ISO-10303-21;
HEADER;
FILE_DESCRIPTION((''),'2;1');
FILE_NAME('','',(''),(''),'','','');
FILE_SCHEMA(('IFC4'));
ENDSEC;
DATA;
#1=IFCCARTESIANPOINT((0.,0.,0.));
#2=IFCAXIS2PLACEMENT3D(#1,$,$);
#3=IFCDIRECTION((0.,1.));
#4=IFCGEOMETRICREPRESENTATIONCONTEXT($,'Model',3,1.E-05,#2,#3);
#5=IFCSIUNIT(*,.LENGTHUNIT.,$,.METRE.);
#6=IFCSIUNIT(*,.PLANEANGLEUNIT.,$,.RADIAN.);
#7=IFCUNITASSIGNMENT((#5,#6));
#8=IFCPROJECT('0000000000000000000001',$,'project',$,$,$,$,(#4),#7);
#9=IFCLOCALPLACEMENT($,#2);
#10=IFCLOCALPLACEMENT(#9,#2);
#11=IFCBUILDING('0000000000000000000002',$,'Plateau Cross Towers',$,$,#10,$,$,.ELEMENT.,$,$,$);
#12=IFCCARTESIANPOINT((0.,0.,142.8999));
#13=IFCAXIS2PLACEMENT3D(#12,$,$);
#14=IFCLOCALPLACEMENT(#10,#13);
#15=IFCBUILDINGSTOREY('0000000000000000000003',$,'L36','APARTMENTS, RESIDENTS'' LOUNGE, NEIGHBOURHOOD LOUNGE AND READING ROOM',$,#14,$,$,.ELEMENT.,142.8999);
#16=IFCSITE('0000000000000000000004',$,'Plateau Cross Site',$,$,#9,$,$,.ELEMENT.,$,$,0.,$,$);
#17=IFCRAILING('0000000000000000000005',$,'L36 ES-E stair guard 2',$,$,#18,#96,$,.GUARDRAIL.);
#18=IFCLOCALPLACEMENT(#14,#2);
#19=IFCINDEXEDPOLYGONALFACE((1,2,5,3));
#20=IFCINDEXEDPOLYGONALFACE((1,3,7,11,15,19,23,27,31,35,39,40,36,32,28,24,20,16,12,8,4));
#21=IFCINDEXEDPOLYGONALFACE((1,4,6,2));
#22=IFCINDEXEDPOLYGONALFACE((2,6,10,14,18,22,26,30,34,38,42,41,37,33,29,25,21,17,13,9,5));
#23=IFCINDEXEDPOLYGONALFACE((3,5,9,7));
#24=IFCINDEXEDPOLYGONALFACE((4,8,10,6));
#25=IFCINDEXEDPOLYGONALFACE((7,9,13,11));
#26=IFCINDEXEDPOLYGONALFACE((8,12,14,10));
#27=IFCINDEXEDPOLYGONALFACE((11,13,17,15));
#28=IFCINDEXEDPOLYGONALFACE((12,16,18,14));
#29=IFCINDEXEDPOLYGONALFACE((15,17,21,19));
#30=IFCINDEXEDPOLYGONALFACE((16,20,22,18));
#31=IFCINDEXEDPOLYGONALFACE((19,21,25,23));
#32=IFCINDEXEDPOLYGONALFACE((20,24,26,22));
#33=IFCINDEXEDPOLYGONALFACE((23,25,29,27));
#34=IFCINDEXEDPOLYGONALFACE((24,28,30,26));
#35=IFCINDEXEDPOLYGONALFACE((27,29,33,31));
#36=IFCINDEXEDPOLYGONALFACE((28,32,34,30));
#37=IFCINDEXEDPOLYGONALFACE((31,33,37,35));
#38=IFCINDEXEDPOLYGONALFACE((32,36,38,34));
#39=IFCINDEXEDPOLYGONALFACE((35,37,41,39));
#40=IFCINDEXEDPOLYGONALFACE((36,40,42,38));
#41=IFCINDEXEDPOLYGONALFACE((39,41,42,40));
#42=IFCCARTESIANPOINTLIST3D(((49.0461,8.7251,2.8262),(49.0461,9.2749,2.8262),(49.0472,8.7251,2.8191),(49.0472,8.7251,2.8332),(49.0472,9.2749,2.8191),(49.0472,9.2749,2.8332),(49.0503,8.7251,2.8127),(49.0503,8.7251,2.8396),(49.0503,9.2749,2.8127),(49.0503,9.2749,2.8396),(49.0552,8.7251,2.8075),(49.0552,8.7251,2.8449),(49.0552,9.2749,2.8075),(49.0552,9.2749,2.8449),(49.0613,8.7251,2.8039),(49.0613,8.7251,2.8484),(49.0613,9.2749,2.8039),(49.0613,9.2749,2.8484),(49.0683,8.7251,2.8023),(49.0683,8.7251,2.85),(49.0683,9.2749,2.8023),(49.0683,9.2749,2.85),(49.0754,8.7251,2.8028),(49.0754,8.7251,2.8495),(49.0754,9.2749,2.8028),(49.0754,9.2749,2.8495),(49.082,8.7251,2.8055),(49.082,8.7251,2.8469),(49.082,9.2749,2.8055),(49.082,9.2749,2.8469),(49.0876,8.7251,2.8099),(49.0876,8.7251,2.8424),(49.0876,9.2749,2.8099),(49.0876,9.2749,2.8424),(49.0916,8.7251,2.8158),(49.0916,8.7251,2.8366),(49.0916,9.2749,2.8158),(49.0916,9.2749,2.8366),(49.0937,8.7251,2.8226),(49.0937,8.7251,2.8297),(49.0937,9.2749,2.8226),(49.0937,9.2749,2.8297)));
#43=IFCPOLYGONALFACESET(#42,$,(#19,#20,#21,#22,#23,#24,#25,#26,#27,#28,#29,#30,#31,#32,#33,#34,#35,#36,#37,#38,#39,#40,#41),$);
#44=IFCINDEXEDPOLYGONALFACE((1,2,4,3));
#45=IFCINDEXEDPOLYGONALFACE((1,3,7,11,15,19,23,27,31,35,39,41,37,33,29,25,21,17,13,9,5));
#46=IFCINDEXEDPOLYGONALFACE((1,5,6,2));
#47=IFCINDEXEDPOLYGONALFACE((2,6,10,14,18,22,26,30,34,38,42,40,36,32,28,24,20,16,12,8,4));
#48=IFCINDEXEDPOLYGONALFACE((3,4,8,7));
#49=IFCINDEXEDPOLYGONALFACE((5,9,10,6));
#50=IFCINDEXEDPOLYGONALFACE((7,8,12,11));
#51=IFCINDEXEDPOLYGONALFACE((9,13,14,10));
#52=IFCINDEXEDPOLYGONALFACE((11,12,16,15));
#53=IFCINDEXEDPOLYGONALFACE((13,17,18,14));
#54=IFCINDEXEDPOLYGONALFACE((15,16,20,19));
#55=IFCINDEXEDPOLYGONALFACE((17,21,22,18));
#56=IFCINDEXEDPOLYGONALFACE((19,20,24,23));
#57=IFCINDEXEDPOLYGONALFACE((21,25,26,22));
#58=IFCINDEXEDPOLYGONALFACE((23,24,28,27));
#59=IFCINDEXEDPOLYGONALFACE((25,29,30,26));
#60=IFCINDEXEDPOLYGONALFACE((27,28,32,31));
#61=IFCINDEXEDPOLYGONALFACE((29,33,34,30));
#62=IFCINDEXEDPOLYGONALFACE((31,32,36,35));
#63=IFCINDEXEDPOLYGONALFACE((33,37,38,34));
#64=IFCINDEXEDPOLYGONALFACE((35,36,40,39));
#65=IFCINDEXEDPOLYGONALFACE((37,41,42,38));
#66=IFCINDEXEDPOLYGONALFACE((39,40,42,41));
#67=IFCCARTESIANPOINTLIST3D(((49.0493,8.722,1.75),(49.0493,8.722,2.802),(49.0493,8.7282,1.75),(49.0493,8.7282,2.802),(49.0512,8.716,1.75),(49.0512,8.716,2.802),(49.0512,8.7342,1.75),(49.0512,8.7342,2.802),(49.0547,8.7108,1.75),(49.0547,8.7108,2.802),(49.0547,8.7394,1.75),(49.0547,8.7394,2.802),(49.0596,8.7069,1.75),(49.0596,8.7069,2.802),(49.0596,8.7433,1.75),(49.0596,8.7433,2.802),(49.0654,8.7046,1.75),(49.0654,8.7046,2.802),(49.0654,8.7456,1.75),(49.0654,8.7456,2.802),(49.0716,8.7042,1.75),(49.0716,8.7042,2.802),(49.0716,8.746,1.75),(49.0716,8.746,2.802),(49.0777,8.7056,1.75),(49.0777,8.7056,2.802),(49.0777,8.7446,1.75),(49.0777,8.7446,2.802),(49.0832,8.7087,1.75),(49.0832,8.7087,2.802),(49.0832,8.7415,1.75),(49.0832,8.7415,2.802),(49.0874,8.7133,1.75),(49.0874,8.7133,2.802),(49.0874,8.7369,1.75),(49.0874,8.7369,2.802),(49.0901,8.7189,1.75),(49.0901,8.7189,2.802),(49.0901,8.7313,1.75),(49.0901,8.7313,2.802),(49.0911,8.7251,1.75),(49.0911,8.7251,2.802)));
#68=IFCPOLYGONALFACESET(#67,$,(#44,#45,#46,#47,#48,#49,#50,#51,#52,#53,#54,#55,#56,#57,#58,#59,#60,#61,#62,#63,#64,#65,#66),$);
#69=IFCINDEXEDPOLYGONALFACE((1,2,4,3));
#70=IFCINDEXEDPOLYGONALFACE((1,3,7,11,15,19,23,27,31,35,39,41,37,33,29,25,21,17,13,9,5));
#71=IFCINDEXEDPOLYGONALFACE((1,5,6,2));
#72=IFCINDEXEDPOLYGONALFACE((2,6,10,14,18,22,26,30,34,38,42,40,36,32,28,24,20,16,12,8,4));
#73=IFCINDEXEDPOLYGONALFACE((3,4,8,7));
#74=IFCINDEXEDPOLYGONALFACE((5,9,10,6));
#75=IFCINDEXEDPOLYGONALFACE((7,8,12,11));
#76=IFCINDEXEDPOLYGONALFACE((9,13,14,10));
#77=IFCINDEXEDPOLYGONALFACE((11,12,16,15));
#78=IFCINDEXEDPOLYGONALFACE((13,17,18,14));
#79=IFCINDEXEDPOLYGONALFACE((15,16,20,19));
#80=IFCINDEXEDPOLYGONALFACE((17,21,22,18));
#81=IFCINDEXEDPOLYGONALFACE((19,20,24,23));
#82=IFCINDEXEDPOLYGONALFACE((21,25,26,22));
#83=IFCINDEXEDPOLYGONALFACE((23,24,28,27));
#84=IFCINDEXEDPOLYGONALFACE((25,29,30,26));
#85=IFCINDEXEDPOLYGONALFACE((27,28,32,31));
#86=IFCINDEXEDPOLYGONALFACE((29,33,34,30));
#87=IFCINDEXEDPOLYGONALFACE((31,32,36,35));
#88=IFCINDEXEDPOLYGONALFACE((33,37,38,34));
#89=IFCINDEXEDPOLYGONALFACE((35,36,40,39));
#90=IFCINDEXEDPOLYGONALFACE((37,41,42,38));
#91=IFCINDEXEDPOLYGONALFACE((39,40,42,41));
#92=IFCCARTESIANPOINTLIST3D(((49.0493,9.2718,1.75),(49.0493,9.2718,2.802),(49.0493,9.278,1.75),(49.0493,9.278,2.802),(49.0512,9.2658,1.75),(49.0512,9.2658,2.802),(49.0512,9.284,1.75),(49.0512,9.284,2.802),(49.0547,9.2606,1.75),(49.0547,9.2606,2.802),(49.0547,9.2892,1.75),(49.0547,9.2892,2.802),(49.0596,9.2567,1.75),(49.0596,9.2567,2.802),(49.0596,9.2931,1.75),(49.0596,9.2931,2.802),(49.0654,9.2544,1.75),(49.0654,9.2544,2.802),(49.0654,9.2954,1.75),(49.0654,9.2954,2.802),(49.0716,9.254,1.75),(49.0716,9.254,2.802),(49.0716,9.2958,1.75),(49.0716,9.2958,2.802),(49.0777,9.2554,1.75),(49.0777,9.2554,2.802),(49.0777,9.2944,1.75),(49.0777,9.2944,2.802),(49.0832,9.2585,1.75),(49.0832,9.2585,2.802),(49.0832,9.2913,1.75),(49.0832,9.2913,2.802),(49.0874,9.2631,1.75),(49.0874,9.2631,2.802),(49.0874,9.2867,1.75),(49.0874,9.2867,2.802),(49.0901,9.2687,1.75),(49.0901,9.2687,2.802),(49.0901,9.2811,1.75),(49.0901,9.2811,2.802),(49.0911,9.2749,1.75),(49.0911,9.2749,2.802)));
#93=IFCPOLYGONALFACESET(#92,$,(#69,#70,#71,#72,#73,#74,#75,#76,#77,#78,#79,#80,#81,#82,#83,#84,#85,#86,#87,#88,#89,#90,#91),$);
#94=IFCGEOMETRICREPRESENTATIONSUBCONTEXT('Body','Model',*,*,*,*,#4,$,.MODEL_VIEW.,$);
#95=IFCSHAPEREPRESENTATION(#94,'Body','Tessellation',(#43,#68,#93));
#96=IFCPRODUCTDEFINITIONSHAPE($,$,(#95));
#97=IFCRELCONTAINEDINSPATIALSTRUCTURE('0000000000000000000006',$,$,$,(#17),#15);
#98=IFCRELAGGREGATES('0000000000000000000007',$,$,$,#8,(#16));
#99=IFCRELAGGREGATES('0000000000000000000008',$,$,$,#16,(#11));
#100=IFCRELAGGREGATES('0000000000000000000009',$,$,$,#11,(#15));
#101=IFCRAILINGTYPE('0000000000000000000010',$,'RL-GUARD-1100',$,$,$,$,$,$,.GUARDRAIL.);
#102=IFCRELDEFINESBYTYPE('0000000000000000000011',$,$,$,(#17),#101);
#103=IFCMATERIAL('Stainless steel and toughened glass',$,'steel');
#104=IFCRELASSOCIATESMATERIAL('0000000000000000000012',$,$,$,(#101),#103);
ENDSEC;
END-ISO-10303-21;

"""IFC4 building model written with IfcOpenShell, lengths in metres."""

from ifc_helpers import new_model, si_unit, direction, frame, origin, origin_2d, place, context, subcontext, project, spatial, circle, extrude, material, type_object, element, save


model = new_model("IFC4")

# Units and contexts
model_context = context("Model", 3, precision=1e-05, world=origin(), true_north=direction((0.0, 1.0)))
body_context = subcontext(model_context, "Body", "Model", "MODEL_VIEW")
ifc_project = project(units=[si_unit("LENGTHUNIT", "METRE"), si_unit("PLANEANGLEUNIT", "RADIAN")], contexts=[model_context])

# Site, building, storey
site_placement = place(None, origin())
site = spatial("IfcSite", under=ifc_project, at=site_placement, Name="Plateau Cross Site", CompositionType="ELEMENT", RefElevation=0.0)
building_placement = place(site_placement, origin())
building = spatial("IfcBuilding", under=site, at=building_placement, Name="Plateau Cross Towers", CompositionType="ELEMENT")
storey_placement = place(building_placement, frame((0.0, 0.0, 142.8999)))
storey = spatial("IfcBuildingStorey", under=building, at=storey_placement, Name="L36", Description="APARTMENTS, RESIDENTS' LOUNGE, NEIGHBOURHOOD LOUNGE AND READING ROOM", CompositionType="ELEMENT", Elevation=142.8999)

# Railing
ifc_material_1 = material(Name="Stainless steel and toughened glass", Category="steel")
railing_type = type_object("IfcRailingType", Name="RL-GUARD-1100", PredefinedType="GUARDRAIL", material=ifc_material_1)
railing_placement = place(storey_placement, frame((49.0701, 8.7251, 1.75)))
element("IfcRailing", 1, at=railing_placement, inside=storey, type_object=railing_type, Name="L36 ES-E stair guard 2", PredefinedType="GUARDRAIL", context=body_context, shape_type="SweptSolid", body=[
    extrude(circle(Radius=0.0239, at=origin_2d()), frame((0.0, 0.0, 1.0762), z_axis=(0.0, 1.0, 0.0), x_axis=(-1.0, 0.0, 0.0)), (0.0, 0.0, 1.0), 0.5498),
    extrude(circle(Radius=0.021, at=origin_2d()), origin(), (0.0, 0.0, 1.0), 1.052),
    extrude(circle(Radius=0.021, at=origin_2d()), frame((0.0, 0.5498, 0.0)), (0.0, 0.0, 1.0), 1.052),
])

save(model, "model.ifc")
